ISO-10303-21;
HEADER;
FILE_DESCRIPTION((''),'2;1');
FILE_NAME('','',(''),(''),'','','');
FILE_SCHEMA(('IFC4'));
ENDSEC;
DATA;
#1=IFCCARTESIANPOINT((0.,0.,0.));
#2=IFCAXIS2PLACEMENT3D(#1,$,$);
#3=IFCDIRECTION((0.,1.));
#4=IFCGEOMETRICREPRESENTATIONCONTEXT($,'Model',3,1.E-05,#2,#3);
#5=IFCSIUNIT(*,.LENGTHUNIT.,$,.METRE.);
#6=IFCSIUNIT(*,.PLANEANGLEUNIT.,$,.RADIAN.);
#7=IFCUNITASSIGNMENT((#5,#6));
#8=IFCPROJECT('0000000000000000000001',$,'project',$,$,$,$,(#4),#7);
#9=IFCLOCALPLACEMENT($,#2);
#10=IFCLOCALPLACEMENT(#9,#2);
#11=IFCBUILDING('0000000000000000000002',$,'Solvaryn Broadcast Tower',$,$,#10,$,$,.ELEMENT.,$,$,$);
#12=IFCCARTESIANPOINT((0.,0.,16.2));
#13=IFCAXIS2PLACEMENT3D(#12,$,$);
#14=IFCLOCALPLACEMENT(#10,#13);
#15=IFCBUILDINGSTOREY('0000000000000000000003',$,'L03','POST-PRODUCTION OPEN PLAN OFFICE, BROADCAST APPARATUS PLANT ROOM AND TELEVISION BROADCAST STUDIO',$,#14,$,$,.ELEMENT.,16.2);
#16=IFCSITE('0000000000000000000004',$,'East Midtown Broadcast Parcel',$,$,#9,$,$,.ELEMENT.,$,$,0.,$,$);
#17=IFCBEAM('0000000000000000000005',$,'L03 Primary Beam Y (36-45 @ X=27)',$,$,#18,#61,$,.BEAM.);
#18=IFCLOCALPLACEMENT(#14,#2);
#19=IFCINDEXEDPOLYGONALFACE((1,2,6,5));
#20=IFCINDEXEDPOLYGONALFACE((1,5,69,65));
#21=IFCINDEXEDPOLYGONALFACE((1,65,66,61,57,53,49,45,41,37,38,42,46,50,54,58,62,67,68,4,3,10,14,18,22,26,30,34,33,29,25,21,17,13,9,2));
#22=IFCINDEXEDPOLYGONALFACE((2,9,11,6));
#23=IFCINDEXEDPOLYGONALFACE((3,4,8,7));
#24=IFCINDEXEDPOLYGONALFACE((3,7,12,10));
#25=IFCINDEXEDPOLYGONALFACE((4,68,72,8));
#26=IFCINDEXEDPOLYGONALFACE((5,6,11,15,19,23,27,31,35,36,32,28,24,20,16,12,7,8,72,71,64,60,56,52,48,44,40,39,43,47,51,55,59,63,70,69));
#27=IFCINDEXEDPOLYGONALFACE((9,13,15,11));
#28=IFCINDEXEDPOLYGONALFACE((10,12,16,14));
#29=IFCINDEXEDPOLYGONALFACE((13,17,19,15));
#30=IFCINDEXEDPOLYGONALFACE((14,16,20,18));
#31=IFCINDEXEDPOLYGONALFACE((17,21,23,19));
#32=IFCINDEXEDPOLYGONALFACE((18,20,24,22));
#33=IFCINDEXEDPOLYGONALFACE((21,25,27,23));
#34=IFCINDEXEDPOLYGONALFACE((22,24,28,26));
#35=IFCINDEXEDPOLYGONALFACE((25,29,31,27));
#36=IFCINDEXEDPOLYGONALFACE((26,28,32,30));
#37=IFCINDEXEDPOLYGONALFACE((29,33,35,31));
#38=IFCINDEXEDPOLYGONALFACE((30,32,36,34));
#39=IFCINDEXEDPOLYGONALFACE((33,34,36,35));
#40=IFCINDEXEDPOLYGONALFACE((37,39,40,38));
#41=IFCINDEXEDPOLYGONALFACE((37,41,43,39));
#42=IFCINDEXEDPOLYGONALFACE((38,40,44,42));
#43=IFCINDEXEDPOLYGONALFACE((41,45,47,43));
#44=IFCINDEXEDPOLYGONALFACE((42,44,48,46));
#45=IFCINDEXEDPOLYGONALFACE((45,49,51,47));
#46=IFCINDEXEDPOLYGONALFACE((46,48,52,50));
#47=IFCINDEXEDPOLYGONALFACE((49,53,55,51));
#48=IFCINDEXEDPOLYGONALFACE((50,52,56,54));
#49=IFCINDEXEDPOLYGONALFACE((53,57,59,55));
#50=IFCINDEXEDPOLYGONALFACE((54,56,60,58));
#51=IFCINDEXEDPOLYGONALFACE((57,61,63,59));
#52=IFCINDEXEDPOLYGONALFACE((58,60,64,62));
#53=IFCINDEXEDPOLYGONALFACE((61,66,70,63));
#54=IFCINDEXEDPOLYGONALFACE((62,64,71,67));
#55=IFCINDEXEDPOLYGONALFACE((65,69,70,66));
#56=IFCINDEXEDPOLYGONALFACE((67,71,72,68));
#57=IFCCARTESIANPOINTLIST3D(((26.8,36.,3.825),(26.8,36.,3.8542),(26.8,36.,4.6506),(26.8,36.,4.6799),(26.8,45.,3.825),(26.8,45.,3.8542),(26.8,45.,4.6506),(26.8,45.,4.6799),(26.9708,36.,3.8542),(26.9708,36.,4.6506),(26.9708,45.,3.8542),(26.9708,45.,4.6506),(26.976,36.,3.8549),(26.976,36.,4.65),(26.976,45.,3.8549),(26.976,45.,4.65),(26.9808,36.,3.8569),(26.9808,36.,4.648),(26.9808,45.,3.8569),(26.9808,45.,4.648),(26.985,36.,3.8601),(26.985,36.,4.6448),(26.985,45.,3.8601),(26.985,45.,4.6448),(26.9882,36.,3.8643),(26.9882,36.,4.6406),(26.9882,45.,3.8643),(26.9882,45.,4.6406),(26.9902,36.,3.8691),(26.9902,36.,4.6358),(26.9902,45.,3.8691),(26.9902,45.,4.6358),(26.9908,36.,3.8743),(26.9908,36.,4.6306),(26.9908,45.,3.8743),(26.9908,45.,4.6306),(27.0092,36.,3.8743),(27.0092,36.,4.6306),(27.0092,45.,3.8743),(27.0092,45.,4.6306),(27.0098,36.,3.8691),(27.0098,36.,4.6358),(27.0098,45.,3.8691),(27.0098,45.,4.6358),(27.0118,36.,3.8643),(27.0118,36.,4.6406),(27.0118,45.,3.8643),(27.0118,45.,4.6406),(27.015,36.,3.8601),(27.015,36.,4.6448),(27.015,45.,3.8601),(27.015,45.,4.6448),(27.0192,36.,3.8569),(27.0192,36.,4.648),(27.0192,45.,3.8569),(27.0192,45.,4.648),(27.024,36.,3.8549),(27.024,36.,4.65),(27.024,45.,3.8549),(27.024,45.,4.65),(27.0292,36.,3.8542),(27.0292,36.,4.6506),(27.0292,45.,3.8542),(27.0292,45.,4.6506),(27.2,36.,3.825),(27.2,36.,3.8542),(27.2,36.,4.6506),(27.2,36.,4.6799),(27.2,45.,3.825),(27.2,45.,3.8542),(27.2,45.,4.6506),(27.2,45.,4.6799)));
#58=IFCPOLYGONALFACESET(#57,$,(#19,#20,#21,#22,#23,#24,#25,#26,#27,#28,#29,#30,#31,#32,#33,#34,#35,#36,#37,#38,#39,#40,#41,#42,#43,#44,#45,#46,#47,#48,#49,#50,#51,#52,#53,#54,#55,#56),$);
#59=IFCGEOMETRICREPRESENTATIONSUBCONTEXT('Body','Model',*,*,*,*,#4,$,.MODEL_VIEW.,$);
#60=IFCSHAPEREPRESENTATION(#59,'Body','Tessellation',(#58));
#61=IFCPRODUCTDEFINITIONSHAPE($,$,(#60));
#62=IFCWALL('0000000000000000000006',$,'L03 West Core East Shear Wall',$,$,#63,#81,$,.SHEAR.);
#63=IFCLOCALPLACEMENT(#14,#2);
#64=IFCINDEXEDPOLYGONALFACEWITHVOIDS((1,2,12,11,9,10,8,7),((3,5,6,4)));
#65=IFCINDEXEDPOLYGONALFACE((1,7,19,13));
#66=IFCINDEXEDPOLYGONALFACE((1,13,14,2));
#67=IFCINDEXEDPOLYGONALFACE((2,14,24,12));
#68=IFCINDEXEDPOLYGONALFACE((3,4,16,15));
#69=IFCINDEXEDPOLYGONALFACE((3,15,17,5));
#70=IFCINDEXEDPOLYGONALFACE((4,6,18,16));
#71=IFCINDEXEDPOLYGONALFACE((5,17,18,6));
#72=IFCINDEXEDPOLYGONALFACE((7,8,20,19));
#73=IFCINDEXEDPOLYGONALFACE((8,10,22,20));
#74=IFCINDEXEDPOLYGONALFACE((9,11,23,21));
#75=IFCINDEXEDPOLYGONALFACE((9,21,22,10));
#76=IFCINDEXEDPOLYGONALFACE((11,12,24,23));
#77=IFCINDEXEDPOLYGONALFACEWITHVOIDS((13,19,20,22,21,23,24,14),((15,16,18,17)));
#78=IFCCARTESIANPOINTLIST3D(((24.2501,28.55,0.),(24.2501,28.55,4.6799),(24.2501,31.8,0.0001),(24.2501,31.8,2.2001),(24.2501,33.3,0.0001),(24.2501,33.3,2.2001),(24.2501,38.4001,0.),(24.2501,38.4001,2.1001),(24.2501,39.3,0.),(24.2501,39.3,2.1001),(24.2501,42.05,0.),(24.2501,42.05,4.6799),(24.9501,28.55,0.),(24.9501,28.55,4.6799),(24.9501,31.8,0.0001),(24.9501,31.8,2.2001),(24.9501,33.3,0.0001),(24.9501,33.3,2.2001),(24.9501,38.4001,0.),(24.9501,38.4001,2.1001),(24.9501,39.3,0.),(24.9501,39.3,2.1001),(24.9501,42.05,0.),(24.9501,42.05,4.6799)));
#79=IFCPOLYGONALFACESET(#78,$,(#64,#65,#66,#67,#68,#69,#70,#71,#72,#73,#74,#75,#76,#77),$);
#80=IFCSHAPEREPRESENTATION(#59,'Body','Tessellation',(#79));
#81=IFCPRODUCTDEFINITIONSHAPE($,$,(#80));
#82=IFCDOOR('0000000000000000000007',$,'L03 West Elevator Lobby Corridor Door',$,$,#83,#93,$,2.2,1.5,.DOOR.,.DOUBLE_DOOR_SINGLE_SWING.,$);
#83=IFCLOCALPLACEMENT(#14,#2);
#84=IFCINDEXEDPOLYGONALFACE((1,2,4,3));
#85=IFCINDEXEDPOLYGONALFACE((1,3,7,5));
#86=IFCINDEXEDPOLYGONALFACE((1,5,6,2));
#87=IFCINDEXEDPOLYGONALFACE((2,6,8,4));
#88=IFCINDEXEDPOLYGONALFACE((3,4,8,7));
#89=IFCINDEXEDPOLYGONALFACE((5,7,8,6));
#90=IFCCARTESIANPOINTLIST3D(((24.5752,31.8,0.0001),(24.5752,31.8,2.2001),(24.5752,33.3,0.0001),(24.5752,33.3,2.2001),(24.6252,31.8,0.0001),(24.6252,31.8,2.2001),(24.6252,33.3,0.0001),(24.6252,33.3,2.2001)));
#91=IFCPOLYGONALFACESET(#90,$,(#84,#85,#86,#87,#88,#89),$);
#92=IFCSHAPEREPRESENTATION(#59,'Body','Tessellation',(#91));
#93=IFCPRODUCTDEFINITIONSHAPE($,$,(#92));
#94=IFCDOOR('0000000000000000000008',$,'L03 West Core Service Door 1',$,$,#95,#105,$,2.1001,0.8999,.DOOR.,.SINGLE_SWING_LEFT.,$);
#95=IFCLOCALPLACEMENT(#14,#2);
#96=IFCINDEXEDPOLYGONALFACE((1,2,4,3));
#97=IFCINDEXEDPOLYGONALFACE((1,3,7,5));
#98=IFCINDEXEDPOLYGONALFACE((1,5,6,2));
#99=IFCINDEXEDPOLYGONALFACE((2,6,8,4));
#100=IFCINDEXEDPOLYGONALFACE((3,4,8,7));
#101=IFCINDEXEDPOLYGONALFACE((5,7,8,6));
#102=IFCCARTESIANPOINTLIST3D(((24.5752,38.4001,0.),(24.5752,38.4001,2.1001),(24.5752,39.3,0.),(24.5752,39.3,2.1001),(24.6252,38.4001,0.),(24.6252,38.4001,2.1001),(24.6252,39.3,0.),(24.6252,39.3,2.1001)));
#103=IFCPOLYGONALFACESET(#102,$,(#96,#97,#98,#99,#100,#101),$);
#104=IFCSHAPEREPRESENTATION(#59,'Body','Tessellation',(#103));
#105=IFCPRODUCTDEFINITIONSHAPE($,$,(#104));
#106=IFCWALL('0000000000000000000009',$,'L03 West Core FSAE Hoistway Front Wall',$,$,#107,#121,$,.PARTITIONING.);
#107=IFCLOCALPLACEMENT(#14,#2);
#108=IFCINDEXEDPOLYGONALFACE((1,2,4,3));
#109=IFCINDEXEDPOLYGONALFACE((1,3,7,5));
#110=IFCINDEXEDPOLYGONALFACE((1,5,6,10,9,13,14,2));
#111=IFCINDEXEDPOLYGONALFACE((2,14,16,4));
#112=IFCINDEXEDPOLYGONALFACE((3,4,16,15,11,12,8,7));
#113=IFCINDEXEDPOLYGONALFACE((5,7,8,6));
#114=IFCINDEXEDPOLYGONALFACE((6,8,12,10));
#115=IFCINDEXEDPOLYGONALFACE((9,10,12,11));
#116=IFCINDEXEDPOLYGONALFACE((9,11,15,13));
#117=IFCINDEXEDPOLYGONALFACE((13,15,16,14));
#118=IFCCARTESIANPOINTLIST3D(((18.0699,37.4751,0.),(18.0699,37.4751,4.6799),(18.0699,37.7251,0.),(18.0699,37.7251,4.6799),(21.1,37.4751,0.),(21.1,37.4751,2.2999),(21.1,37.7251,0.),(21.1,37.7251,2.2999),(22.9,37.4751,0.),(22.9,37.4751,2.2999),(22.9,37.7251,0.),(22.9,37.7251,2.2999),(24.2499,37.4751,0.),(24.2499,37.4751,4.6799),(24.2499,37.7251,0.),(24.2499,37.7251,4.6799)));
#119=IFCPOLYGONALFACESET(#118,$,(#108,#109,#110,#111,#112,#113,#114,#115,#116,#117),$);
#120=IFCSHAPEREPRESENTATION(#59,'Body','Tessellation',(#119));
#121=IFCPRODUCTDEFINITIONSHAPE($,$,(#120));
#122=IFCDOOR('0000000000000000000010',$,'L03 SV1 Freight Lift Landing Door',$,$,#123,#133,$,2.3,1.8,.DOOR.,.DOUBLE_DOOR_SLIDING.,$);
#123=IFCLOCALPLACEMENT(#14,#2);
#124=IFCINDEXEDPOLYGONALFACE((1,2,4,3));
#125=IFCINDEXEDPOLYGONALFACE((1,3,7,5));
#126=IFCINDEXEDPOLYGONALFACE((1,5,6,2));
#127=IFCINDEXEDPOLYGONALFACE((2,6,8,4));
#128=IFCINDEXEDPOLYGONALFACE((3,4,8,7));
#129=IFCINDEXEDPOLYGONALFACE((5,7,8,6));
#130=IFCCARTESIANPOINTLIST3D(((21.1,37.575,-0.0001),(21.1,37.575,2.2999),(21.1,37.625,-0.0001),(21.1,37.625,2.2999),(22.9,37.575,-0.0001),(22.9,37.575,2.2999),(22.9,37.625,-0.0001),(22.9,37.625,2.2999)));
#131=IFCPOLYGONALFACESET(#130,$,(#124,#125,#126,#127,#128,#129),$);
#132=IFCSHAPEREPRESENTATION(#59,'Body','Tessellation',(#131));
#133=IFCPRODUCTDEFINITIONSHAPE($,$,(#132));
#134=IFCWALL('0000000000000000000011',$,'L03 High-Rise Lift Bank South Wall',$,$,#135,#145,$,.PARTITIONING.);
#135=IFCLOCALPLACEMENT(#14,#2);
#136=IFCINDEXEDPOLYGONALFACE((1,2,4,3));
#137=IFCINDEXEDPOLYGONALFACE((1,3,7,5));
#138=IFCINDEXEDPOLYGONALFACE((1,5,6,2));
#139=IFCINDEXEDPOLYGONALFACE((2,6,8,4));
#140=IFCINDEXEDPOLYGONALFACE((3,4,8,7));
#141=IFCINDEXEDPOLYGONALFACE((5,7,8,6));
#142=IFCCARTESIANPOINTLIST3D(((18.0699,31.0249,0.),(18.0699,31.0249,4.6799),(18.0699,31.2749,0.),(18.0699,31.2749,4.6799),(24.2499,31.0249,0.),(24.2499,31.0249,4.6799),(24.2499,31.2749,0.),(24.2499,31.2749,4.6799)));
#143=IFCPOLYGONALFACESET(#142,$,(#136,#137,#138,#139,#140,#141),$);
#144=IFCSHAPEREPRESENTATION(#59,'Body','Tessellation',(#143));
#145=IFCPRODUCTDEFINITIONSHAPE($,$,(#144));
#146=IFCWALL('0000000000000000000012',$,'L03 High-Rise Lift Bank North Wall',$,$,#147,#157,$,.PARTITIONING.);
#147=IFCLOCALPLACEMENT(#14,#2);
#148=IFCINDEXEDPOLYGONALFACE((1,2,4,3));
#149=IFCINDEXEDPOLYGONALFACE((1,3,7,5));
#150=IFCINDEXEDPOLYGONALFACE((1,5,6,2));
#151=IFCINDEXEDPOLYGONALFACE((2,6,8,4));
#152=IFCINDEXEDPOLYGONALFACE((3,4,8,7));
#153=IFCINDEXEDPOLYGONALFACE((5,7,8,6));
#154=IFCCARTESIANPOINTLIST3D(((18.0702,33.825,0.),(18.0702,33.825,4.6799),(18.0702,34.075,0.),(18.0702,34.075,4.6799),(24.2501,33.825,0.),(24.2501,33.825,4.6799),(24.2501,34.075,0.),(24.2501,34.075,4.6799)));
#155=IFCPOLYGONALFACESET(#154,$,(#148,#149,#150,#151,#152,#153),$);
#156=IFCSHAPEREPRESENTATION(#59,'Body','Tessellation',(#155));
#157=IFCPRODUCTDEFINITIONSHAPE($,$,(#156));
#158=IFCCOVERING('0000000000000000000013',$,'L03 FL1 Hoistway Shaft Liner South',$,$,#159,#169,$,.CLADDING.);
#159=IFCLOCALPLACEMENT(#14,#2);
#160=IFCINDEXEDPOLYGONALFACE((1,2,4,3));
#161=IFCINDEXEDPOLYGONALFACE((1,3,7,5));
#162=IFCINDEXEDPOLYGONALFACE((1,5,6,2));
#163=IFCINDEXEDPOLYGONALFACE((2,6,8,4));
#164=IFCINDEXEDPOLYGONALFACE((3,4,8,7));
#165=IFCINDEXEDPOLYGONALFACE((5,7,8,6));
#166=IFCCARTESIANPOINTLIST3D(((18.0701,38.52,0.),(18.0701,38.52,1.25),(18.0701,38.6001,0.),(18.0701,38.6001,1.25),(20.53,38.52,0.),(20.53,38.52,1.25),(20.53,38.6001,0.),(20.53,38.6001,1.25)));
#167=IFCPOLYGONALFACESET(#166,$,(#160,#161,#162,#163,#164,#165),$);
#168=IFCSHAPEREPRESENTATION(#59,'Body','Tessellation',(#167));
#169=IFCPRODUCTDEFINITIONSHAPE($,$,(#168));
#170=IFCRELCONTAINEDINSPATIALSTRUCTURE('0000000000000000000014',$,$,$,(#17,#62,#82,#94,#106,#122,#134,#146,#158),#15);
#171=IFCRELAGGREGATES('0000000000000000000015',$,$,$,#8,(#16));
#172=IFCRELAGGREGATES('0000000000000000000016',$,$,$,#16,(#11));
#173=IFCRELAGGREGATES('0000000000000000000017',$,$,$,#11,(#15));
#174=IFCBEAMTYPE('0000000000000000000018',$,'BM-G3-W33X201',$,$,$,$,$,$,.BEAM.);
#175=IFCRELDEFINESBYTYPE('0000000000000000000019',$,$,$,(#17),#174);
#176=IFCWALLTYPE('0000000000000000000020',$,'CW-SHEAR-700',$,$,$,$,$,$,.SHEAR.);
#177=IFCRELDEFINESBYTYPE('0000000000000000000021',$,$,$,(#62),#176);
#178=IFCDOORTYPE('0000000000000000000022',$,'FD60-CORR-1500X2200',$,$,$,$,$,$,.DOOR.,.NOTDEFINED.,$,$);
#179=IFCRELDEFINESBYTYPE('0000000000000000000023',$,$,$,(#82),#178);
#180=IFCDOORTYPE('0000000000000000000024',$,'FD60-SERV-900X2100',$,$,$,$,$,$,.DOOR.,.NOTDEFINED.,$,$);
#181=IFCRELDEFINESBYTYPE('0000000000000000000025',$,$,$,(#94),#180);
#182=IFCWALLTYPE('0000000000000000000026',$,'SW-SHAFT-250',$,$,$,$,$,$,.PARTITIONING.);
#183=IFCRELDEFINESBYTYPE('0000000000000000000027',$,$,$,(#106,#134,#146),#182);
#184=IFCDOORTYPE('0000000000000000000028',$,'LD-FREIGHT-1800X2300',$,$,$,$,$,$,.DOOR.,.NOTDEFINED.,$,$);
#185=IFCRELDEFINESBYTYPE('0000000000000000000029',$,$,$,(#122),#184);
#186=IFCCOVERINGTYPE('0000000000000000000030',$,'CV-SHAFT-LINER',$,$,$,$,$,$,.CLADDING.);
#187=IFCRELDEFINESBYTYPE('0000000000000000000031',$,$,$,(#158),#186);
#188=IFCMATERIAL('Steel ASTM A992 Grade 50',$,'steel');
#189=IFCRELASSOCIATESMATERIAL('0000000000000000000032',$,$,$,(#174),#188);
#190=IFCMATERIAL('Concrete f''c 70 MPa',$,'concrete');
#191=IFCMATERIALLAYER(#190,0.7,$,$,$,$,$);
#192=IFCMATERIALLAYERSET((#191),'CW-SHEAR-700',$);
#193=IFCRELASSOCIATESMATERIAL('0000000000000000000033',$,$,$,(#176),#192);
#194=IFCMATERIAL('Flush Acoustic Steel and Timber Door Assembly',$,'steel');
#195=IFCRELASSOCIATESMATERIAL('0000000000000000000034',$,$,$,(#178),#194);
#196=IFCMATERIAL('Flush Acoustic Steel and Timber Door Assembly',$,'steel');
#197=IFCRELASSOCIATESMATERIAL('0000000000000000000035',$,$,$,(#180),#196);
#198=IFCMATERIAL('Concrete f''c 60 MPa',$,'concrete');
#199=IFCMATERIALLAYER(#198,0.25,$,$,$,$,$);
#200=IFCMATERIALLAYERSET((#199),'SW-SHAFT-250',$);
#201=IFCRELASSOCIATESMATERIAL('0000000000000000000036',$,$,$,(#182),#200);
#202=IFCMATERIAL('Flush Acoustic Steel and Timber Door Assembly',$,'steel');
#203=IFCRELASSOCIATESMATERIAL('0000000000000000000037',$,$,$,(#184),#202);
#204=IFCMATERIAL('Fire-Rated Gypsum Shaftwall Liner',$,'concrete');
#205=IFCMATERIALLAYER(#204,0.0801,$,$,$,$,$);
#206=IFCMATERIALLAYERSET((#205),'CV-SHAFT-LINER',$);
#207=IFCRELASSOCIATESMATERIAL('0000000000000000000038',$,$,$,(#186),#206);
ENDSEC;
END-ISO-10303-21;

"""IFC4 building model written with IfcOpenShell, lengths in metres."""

from ifc_helpers import new_model, si_unit, direction, frame, frame_2d, origin, origin_2d, place, context, subcontext, project, spatial, rectangle, i_section, extrude, material, layer, layer_set, material_profile, profile_set, type_object, element, fill, save


model = new_model("IFC4")

# Units and contexts
model_context = context("Model", 3, precision=1e-05, world=origin(), true_north=direction((0.0, 1.0)))
body_context = subcontext(model_context, "Body", "Model", "MODEL_VIEW")
ifc_project = project(units=[si_unit("LENGTHUNIT", "METRE"), si_unit("PLANEANGLEUNIT", "RADIAN")], contexts=[model_context])

# Site, building, storey
site_placement = place(None, origin())
site = spatial("IfcSite", under=ifc_project, at=site_placement, Name="East Midtown Broadcast Parcel", CompositionType="ELEMENT", RefElevation=0.0)
building_placement = place(site_placement, origin())
building = spatial("IfcBuilding", under=site, at=building_placement, Name="Solvaryn Broadcast Tower", CompositionType="ELEMENT")
storey_placement = place(building_placement, frame((0.0, 0.0, 16.2)))
storey = spatial("IfcBuildingStorey", under=building, at=storey_placement, Name="L03", Description="POST-PRODUCTION OPEN PLAN OFFICE, BROADCAST APPARATUS PLANT ROOM AND TELEVISION BROADCAST STUDIO", CompositionType="ELEMENT", Elevation=16.2)

# Beam
ifc_material_1 = material(Name="Steel ASTM A992 Grade 50", Category="steel")
ifc_material_profile_1 = material_profile(ifc_material_1, i_section(OverallWidth=0.3999, OverallDepth=0.855, WebThickness=0.0183, FlangeThickness=0.0293, FilletRadius=0.02, at=origin_2d()))
ifc_profile_set_1 = profile_set([ifc_material_profile_1], Name="Steel ASTM A992 Grade 50")
beam_type_1 = type_object("IfcBeamType", Name="BM-G3-W33X201", PredefinedType="BEAM", material=ifc_profile_set_1)
beam_1_placement = place(storey_placement, frame((27.0, 36.0, 4.2524), z_axis=(0.0, 1.0, 0.0), x_axis=(-1.0, 0.0, 0.0)))
element("IfcBeam", 1, at=beam_1_placement, inside=storey, type_object=beam_type_1, Name="L03 Primary Beam Y (36-45 @ X=27)", PredefinedType="BEAM", context=body_context, shape_type="SweptSolid", body=[
    extrude(i_section(OverallWidth=0.3999, OverallDepth=0.855, WebThickness=0.0183, FlangeThickness=0.0293, FilletRadius=0.02, at=origin_2d()), origin(), (0.0, 0.0, 1.0), 9.0),
])

# Wall, openings, doors
ifc_material_2 = material(Name="Concrete f'c 70 MPa", Category="concrete")
ifc_layer_1 = layer(ifc_material_2, 0.7)
ifc_layer_set_1 = layer_set([ifc_layer_1], Name="CW-SHEAR-700")
wall_type_1 = type_object("IfcWallType", Name="CW-SHEAR-700", PredefinedType="SHEAR", material=ifc_layer_set_1)
wall_1_placement = place(storey_placement, frame((24.6001, 28.55, 0.0), z_axis=(0.0, 0.0, 1.0), x_axis=(0.0, 1.0, 0.0)))
wall_1 = element("IfcWall", 2, at=wall_1_placement, inside=storey, type_object=wall_type_1, Name="L03 West Core East Shear Wall", PredefinedType="SHEAR", context=body_context, shape_type="SweptSolid", body=[
    extrude(rectangle(XDim=13.5, YDim=0.7, at=frame_2d((6.75, 0.0))), origin(), (0.0, 0.0, 1.0), 4.6799),
])
opening_1_placement = place(wall_1_placement, frame((3.25, 0.0, 0.0)))
opening_1 = element("IfcOpeningElement", 3, at=opening_1_placement, cuts=wall_1, PredefinedType="OPENING", context=body_context, shape_type="SweptSolid", body=[
    extrude(rectangle(XDim=1.5, YDim=2.2, at=frame_2d((0.75, 1.1001))), frame((0.0, 0.3601, 0.0), z_axis=(0.0, -1.0, 0.0), x_axis=(1.0, 0.0, 0.0)), (0.0, 0.0, 1.0), 0.72),
])
opening_2_placement = place(wall_1_placement, frame((9.8501, 0.0, 0.0)))
opening_2 = element("IfcOpeningElement", 4, at=opening_2_placement, cuts=wall_1, PredefinedType="OPENING", context=body_context, shape_type="SweptSolid", body=[
    extrude(rectangle(XDim=0.8999, YDim=2.1001, at=frame_2d((0.45, 1.05))), frame((0.0, 0.3601, 0.0), z_axis=(0.0, -1.0, 0.0), x_axis=(1.0, 0.0, 0.0)), (0.0, 0.0, 1.0), 0.72),
])
ifc_material_3 = material(Name="Flush Acoustic Steel and Timber Door Assembly", Category="steel")
door_type_1 = type_object("IfcDoorType", Name="FD60-CORR-1500X2200", OperationType="NOTDEFINED", PredefinedType="DOOR", material=ifc_material_3)
door_1_placement = place(opening_1_placement, origin())
door_1 = element("IfcDoor", 5, at=door_1_placement, inside=storey, type_object=door_type_1, Name="L03 West Elevator Lobby Corridor Door", OperationType="DOUBLE_DOOR_SINGLE_SWING", OverallHeight=2.2, OverallWidth=1.5, PredefinedType="DOOR", context=body_context, shape_type="SweptSolid", body=[
    extrude(rectangle(XDim=1.5, YDim=2.2, at=frame_2d((0.75, 1.1001))), frame((0.0, 0.0249, 0.0), z_axis=(0.0, -1.0, 0.0), x_axis=(1.0, 0.0, 0.0)), (0.0, 0.0, 1.0), 0.05),
])
fill(opening_1, door_1)
ifc_material_4 = material(Name="Flush Acoustic Steel and Timber Door Assembly", Category="steel")
door_type_2 = type_object("IfcDoorType", Name="FD60-SERV-900X2100", OperationType="NOTDEFINED", PredefinedType="DOOR", material=ifc_material_4)
door_2_placement = place(opening_2_placement, origin())
door_2 = element("IfcDoor", 6, at=door_2_placement, inside=storey, type_object=door_type_2, Name="L03 West Core Service Door 1", OperationType="SINGLE_SWING_LEFT", OverallHeight=2.1001, OverallWidth=0.8999, PredefinedType="DOOR", context=body_context, shape_type="SweptSolid", body=[
    extrude(rectangle(XDim=0.8999, YDim=2.1001, at=frame_2d((0.45, 1.05))), frame((0.0, 0.0249, 0.0), z_axis=(0.0, -1.0, 0.0), x_axis=(1.0, 0.0, 0.0)), (0.0, 0.0, 1.0), 0.05),
])
fill(opening_2, door_2)

# Wall, opening, door
ifc_material_5 = material(Name="Concrete f'c 60 MPa", Category="concrete")
ifc_layer_2 = layer(ifc_material_5, 0.25)
ifc_layer_set_2 = layer_set([ifc_layer_2], Name="SW-SHAFT-250")
wall_type_2 = type_object("IfcWallType", Name="SW-SHAFT-250", PredefinedType="PARTITIONING", material=ifc_layer_set_2)
wall_2_placement = place(storey_placement, frame((18.0701, 37.6001, 0.0), z_axis=(0.0, 0.0, 1.0), x_axis=(1.0, 0.0, 0.0)))
wall_2 = element("IfcWall", 7, at=wall_2_placement, inside=storey, type_object=wall_type_2, Name="L03 West Core FSAE Hoistway Front Wall", PredefinedType="PARTITIONING", context=body_context, shape_type="SweptSolid", body=[
    extrude(rectangle(XDim=6.1799, YDim=0.25, at=frame_2d((3.0898, 0.0))), origin(), (0.0, 0.0, 1.0), 4.6799),
])
opening_3_placement = place(wall_2_placement, frame((3.03, 0.0, 0.0)))
opening_3 = element("IfcOpeningElement", 8, at=opening_3_placement, cuts=wall_2, PredefinedType="OPENING", context=body_context, shape_type="SweptSolid", body=[
    extrude(rectangle(XDim=1.8, YDim=2.3, at=frame_2d((0.8999, 1.1499))), frame((0.0, 0.135, 0.0), z_axis=(0.0, -1.0, 0.0), x_axis=(1.0, 0.0, 0.0)), (0.0, 0.0, 1.0), 0.27),
])
ifc_material_6 = material(Name="Flush Acoustic Steel and Timber Door Assembly", Category="steel")
door_type_3 = type_object("IfcDoorType", Name="LD-FREIGHT-1800X2300", OperationType="NOTDEFINED", PredefinedType="DOOR", material=ifc_material_6)
door_3_placement = place(opening_3_placement, origin())
door_3 = element("IfcDoor", 9, at=door_3_placement, inside=storey, type_object=door_type_3, Name="L03 SV1 Freight Lift Landing Door", OperationType="DOUBLE_DOOR_SLIDING", OverallHeight=2.3, OverallWidth=1.8, PredefinedType="DOOR", context=body_context, shape_type="SweptSolid", body=[
    extrude(rectangle(XDim=1.8, YDim=2.3, at=frame_2d((0.8999, 1.1499))), frame((0.0, 0.0249, 0.0), z_axis=(0.0, -1.0, 0.0), x_axis=(1.0, 0.0, 0.0)), (0.0, 0.0, 1.0), 0.05),
])
fill(opening_3, door_3)

# Walls
for number, where, z_axis, x_axis, name in (
    (10, (18.0701, 31.1499, 0.0), (0.0, 0.0, 1.0), (1.0, 0.0, 0.0), "L03 High-Rise Lift Bank South Wall"),
    (11, (24.25, 33.95, 0.0), (0.0, 0.0, 1.0), (-1.0, 0.0, 0.0), "L03 High-Rise Lift Bank North Wall"),
):
    element("IfcWall", number, at=place(storey_placement, frame(where, z_axis=z_axis, x_axis=x_axis)), inside=storey, type_object=wall_type_2, Name=name, PredefinedType="PARTITIONING", context=body_context, shape_type="SweptSolid", body=[
        extrude(rectangle(XDim=6.1799, YDim=0.25, at=frame_2d((3.0898, 0.0))), origin(), (0.0, 0.0, 1.0), 4.6799),
    ])

# Covering
ifc_material_7 = material(Name="Fire-Rated Gypsum Shaftwall Liner", Category="concrete")
ifc_layer_3 = layer(ifc_material_7, 0.0801)
ifc_layer_set_3 = layer_set([ifc_layer_3], Name="CV-SHAFT-LINER")
covering_type = type_object("IfcCoveringType", Name="CV-SHAFT-LINER", PredefinedType="CLADDING", material=ifc_layer_set_3)
covering_placement = place(storey_placement, frame((19.3, 38.5601, 0.0), z_axis=(0.0, 0.0, 1.0), x_axis=(1.0, 0.0, 0.0)))
element("IfcCovering", 12, at=covering_placement, inside=storey, type_object=covering_type, Name="L03 FL1 Hoistway Shaft Liner South", PredefinedType="CLADDING", context=body_context, shape_type="SweptSolid", body=[
    extrude(rectangle(XDim=2.46, YDim=0.0801, at=origin_2d()), origin(), (0.0, 0.0, 1.0), 1.25),
])

save(model, "model.ifc")
